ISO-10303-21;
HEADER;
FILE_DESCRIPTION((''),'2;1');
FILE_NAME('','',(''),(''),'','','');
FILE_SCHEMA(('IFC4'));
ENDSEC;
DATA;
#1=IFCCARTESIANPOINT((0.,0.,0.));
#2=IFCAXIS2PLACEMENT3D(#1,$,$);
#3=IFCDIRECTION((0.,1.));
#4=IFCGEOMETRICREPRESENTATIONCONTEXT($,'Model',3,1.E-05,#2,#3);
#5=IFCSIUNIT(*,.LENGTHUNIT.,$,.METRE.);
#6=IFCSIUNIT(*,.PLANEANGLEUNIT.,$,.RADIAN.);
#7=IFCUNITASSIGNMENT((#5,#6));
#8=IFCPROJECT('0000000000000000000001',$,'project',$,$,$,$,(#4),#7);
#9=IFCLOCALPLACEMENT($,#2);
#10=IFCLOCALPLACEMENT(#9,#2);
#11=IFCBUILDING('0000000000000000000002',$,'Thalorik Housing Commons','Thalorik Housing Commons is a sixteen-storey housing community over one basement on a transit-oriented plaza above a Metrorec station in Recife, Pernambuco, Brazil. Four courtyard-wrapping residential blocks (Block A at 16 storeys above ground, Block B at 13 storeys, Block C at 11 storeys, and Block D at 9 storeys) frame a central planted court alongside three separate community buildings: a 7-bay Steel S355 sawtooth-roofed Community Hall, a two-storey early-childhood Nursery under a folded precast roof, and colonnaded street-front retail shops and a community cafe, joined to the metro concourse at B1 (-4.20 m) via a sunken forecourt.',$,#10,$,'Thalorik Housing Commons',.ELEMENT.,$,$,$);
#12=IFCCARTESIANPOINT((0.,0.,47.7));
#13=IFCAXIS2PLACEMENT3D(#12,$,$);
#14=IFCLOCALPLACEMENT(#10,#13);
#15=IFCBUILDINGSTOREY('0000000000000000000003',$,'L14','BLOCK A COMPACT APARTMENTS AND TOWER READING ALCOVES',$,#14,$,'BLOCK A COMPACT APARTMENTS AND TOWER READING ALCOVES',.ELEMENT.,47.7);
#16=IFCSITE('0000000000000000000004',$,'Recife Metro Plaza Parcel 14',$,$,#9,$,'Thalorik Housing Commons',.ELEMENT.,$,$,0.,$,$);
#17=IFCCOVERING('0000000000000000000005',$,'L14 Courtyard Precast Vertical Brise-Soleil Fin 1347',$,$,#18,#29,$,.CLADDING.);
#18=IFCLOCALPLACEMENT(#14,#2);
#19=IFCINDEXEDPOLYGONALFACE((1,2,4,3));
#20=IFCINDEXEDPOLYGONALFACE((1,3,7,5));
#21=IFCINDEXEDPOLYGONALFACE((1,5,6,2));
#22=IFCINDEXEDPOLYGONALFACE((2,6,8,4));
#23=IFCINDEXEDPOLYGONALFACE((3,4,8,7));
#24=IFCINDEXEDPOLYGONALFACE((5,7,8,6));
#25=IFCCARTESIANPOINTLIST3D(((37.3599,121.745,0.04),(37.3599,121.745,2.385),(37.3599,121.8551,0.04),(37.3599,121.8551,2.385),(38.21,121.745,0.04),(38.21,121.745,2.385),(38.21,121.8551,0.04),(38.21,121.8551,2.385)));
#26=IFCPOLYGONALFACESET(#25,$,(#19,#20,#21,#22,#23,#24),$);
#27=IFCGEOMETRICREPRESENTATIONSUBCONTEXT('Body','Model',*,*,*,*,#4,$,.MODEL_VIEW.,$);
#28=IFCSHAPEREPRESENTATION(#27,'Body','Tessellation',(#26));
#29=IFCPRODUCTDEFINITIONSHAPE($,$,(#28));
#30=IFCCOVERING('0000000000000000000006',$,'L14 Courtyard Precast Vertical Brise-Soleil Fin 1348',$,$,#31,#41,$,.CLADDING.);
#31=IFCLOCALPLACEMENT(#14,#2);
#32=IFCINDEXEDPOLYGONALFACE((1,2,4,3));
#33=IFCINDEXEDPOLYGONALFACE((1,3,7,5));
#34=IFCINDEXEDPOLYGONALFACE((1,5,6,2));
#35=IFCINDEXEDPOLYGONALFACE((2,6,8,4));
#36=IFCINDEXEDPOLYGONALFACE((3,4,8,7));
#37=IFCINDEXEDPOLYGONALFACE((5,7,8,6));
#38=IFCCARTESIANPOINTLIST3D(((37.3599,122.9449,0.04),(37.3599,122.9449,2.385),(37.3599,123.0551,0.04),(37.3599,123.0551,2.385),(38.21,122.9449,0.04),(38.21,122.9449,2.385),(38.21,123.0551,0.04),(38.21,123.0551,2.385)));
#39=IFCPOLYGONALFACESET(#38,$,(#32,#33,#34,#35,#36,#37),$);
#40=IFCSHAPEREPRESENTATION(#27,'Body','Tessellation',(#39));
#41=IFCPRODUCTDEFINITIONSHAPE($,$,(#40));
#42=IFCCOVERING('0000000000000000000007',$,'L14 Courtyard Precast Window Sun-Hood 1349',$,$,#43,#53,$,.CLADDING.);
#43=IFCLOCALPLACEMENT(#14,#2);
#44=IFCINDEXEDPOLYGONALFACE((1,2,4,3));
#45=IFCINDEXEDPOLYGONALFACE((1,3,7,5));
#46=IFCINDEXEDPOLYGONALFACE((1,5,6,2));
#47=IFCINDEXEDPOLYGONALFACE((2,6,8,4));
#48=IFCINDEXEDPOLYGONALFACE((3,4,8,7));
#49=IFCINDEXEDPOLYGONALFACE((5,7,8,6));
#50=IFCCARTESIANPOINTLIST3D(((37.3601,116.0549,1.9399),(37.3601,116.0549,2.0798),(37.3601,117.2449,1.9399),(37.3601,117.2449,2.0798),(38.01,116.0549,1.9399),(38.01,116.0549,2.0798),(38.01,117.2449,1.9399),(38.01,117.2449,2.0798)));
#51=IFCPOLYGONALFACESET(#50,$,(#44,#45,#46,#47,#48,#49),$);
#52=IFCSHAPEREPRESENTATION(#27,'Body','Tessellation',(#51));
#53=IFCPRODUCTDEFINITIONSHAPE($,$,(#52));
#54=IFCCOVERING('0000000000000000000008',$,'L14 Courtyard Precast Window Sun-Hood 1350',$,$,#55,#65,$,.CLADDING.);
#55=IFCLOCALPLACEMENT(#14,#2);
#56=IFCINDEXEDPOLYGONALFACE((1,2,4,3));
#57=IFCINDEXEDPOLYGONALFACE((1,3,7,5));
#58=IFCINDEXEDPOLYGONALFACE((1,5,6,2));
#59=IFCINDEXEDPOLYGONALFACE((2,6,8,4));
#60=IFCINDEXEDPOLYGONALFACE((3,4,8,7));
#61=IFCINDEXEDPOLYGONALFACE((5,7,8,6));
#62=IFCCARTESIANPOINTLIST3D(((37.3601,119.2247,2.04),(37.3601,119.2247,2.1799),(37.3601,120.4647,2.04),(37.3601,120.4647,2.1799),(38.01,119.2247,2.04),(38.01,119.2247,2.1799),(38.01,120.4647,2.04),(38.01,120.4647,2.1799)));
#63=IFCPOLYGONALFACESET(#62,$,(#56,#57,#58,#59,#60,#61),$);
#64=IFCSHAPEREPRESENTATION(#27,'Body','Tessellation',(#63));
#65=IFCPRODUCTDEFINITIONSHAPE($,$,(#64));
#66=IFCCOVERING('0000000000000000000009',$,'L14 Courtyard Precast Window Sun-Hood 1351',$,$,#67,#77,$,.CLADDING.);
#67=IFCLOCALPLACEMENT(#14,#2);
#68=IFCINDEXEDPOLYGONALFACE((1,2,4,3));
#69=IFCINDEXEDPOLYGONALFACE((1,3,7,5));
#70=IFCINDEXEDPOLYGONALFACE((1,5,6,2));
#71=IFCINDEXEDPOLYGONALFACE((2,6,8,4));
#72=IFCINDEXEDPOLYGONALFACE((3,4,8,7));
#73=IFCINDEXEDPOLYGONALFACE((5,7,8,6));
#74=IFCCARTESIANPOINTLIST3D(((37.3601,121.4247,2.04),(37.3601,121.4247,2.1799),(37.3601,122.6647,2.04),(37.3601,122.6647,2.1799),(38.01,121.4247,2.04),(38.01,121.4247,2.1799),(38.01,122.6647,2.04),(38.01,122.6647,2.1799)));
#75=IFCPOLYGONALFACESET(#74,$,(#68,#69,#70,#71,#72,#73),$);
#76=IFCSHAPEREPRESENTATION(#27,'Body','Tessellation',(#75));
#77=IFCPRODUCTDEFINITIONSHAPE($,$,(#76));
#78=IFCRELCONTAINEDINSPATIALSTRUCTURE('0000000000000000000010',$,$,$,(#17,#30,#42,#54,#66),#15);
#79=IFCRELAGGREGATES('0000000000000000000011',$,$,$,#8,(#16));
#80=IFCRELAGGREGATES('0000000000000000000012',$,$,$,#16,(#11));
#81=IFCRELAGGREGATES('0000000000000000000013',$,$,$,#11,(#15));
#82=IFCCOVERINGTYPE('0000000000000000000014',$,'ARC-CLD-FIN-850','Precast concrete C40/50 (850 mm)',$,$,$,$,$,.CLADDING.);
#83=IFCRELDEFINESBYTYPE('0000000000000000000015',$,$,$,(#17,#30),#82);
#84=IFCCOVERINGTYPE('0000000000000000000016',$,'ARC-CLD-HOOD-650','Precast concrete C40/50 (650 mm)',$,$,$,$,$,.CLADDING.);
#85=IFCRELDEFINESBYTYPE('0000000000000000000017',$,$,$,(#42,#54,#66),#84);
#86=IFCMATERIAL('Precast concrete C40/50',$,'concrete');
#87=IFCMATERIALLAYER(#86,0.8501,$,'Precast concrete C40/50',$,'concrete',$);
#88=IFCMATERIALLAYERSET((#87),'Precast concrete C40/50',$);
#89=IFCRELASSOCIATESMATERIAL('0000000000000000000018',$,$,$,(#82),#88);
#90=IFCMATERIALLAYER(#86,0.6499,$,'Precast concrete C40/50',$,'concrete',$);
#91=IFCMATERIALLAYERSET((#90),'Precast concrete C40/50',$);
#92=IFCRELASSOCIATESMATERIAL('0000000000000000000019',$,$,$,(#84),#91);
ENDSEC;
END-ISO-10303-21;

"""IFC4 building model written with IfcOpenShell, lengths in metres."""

from ifc_helpers import new_model, si_unit, direction, frame, origin, origin_2d, place, context, subcontext, project, spatial, rectangle, extrude, material, layer, layer_set, type_object, element, save


model = new_model("IFC4")

# Units and contexts
model_context = context("Model", 3, precision=1e-05, world=origin(), true_north=direction((0.0, 1.0)))
body_context = subcontext(model_context, "Body", "Model", "MODEL_VIEW")
ifc_project = project(units=[si_unit("LENGTHUNIT", "METRE"), si_unit("PLANEANGLEUNIT", "RADIAN")], contexts=[model_context])

# Site, building, storey
site_placement = place(None, origin())
site = spatial("IfcSite", under=ifc_project, at=site_placement, Name="Recife Metro Plaza Parcel 14", LongName="Thalorik Housing Commons", CompositionType="ELEMENT", RefElevation=0.0)
building_placement = place(site_placement, origin())
building = spatial("IfcBuilding", under=site, at=building_placement, Name="Thalorik Housing Commons", Description="Thalorik Housing Commons is a sixteen-storey housing community over one basement on a transit-oriented plaza above a Metrorec station in Recife, Pernambuco, Brazil. Four courtyard-wrapping residential blocks (Block A at 16 storeys above ground, Block B at 13 storeys, Block C at 11 storeys, and Block D at 9 storeys) frame a central planted court alongside three separate community buildings: a 7-bay Steel S355 sawtooth-roofed Community Hall, a two-storey early-childhood Nursery under a folded precast roof, and colonnaded street-front retail shops and a community cafe, joined to the metro concourse at B1 (-4.20 m) via a sunken forecourt.", LongName="Thalorik Housing Commons", CompositionType="ELEMENT")
storey_placement = place(building_placement, frame((0.0, 0.0, 47.7)))
storey = spatial("IfcBuildingStorey", under=building, at=storey_placement, Name="L14", Description="BLOCK A COMPACT APARTMENTS AND TOWER READING ALCOVES", LongName="BLOCK A COMPACT APARTMENTS AND TOWER READING ALCOVES", CompositionType="ELEMENT", Elevation=47.7)

# Shared definitions
ifc_material_1 = material(Name="Precast concrete C40/50", Category="concrete")

# Coverings
ifc_layer_1 = layer(ifc_material_1, 0.8501, Name="Precast concrete C40/50", Category="concrete")
ifc_layer_set_1 = layer_set([ifc_layer_1], Name="Precast concrete C40/50")
covering_type_1 = type_object("IfcCoveringType", Name="ARC-CLD-FIN-850", Description="Precast concrete C40/50 (850 mm)", PredefinedType="CLADDING", material=ifc_layer_set_1)
for number, where, z_axis, x_axis, name in (
    (1, (37.7849, 121.8, 0.04), (0.0, 0.0, 1.0), (0.0, 1.0, 0.0), "L14 Courtyard Precast Vertical Brise-Soleil Fin 1347"),
    (2, (37.7849, 123.0, 0.04), (0.0, 0.0, 1.0), (0.0, 1.0, 0.0), "L14 Courtyard Precast Vertical Brise-Soleil Fin 1348"),
):
    element("IfcCovering", number, at=place(storey_placement, frame(where, z_axis=z_axis, x_axis=x_axis)), inside=storey, type_object=covering_type_1, Name=name, PredefinedType="CLADDING", context=body_context, shape_type="SweptSolid", body=[
        extrude(rectangle(XDim=0.1101, YDim=0.8501, at=origin_2d()), origin(), (0.0, 0.0, 1.0), 2.345),
    ])
ifc_layer_2 = layer(ifc_material_1, 0.6499, Name="Precast concrete C40/50", Category="concrete")
ifc_layer_set_2 = layer_set([ifc_layer_2], Name="Precast concrete C40/50")
covering_type_2 = type_object("IfcCoveringType", Name="ARC-CLD-HOOD-650", Description="Precast concrete C40/50 (650 mm)", PredefinedType="CLADDING", material=ifc_layer_set_2)
covering_1_placement = place(storey_placement, frame((37.6851, 116.6499, 1.9399), z_axis=(0.0, 0.0, 1.0), x_axis=(0.0, 1.0, 0.0)))
element("IfcCovering", 3, at=covering_1_placement, inside=storey, type_object=covering_type_2, Name="L14 Courtyard Precast Window Sun-Hood 1349", PredefinedType="CLADDING", context=body_context, shape_type="SweptSolid", body=[
    extrude(rectangle(XDim=1.1899, YDim=0.6499, at=origin_2d()), origin(), (0.0, 0.0, 1.0), 0.1399),
])
for number, where, z_axis, x_axis, name in (
    (4, (37.6851, 119.8447, 2.04), (0.0, 0.0, 1.0), (0.0, 1.0, 0.0), "L14 Courtyard Precast Window Sun-Hood 1350"),
    (5, (37.6851, 122.0447, 2.04), (0.0, 0.0, 1.0), (0.0, 1.0, 0.0), "L14 Courtyard Precast Window Sun-Hood 1351"),
):
    element("IfcCovering", number, at=place(storey_placement, frame(where, z_axis=z_axis, x_axis=x_axis)), inside=storey, type_object=covering_type_2, Name=name, PredefinedType="CLADDING", context=body_context, shape_type="SweptSolid", body=[
        extrude(rectangle(XDim=1.24, YDim=0.6499, at=origin_2d()), origin(), (0.0, 0.0, 1.0), 0.1399),
    ])

save(model, "model.ifc")
